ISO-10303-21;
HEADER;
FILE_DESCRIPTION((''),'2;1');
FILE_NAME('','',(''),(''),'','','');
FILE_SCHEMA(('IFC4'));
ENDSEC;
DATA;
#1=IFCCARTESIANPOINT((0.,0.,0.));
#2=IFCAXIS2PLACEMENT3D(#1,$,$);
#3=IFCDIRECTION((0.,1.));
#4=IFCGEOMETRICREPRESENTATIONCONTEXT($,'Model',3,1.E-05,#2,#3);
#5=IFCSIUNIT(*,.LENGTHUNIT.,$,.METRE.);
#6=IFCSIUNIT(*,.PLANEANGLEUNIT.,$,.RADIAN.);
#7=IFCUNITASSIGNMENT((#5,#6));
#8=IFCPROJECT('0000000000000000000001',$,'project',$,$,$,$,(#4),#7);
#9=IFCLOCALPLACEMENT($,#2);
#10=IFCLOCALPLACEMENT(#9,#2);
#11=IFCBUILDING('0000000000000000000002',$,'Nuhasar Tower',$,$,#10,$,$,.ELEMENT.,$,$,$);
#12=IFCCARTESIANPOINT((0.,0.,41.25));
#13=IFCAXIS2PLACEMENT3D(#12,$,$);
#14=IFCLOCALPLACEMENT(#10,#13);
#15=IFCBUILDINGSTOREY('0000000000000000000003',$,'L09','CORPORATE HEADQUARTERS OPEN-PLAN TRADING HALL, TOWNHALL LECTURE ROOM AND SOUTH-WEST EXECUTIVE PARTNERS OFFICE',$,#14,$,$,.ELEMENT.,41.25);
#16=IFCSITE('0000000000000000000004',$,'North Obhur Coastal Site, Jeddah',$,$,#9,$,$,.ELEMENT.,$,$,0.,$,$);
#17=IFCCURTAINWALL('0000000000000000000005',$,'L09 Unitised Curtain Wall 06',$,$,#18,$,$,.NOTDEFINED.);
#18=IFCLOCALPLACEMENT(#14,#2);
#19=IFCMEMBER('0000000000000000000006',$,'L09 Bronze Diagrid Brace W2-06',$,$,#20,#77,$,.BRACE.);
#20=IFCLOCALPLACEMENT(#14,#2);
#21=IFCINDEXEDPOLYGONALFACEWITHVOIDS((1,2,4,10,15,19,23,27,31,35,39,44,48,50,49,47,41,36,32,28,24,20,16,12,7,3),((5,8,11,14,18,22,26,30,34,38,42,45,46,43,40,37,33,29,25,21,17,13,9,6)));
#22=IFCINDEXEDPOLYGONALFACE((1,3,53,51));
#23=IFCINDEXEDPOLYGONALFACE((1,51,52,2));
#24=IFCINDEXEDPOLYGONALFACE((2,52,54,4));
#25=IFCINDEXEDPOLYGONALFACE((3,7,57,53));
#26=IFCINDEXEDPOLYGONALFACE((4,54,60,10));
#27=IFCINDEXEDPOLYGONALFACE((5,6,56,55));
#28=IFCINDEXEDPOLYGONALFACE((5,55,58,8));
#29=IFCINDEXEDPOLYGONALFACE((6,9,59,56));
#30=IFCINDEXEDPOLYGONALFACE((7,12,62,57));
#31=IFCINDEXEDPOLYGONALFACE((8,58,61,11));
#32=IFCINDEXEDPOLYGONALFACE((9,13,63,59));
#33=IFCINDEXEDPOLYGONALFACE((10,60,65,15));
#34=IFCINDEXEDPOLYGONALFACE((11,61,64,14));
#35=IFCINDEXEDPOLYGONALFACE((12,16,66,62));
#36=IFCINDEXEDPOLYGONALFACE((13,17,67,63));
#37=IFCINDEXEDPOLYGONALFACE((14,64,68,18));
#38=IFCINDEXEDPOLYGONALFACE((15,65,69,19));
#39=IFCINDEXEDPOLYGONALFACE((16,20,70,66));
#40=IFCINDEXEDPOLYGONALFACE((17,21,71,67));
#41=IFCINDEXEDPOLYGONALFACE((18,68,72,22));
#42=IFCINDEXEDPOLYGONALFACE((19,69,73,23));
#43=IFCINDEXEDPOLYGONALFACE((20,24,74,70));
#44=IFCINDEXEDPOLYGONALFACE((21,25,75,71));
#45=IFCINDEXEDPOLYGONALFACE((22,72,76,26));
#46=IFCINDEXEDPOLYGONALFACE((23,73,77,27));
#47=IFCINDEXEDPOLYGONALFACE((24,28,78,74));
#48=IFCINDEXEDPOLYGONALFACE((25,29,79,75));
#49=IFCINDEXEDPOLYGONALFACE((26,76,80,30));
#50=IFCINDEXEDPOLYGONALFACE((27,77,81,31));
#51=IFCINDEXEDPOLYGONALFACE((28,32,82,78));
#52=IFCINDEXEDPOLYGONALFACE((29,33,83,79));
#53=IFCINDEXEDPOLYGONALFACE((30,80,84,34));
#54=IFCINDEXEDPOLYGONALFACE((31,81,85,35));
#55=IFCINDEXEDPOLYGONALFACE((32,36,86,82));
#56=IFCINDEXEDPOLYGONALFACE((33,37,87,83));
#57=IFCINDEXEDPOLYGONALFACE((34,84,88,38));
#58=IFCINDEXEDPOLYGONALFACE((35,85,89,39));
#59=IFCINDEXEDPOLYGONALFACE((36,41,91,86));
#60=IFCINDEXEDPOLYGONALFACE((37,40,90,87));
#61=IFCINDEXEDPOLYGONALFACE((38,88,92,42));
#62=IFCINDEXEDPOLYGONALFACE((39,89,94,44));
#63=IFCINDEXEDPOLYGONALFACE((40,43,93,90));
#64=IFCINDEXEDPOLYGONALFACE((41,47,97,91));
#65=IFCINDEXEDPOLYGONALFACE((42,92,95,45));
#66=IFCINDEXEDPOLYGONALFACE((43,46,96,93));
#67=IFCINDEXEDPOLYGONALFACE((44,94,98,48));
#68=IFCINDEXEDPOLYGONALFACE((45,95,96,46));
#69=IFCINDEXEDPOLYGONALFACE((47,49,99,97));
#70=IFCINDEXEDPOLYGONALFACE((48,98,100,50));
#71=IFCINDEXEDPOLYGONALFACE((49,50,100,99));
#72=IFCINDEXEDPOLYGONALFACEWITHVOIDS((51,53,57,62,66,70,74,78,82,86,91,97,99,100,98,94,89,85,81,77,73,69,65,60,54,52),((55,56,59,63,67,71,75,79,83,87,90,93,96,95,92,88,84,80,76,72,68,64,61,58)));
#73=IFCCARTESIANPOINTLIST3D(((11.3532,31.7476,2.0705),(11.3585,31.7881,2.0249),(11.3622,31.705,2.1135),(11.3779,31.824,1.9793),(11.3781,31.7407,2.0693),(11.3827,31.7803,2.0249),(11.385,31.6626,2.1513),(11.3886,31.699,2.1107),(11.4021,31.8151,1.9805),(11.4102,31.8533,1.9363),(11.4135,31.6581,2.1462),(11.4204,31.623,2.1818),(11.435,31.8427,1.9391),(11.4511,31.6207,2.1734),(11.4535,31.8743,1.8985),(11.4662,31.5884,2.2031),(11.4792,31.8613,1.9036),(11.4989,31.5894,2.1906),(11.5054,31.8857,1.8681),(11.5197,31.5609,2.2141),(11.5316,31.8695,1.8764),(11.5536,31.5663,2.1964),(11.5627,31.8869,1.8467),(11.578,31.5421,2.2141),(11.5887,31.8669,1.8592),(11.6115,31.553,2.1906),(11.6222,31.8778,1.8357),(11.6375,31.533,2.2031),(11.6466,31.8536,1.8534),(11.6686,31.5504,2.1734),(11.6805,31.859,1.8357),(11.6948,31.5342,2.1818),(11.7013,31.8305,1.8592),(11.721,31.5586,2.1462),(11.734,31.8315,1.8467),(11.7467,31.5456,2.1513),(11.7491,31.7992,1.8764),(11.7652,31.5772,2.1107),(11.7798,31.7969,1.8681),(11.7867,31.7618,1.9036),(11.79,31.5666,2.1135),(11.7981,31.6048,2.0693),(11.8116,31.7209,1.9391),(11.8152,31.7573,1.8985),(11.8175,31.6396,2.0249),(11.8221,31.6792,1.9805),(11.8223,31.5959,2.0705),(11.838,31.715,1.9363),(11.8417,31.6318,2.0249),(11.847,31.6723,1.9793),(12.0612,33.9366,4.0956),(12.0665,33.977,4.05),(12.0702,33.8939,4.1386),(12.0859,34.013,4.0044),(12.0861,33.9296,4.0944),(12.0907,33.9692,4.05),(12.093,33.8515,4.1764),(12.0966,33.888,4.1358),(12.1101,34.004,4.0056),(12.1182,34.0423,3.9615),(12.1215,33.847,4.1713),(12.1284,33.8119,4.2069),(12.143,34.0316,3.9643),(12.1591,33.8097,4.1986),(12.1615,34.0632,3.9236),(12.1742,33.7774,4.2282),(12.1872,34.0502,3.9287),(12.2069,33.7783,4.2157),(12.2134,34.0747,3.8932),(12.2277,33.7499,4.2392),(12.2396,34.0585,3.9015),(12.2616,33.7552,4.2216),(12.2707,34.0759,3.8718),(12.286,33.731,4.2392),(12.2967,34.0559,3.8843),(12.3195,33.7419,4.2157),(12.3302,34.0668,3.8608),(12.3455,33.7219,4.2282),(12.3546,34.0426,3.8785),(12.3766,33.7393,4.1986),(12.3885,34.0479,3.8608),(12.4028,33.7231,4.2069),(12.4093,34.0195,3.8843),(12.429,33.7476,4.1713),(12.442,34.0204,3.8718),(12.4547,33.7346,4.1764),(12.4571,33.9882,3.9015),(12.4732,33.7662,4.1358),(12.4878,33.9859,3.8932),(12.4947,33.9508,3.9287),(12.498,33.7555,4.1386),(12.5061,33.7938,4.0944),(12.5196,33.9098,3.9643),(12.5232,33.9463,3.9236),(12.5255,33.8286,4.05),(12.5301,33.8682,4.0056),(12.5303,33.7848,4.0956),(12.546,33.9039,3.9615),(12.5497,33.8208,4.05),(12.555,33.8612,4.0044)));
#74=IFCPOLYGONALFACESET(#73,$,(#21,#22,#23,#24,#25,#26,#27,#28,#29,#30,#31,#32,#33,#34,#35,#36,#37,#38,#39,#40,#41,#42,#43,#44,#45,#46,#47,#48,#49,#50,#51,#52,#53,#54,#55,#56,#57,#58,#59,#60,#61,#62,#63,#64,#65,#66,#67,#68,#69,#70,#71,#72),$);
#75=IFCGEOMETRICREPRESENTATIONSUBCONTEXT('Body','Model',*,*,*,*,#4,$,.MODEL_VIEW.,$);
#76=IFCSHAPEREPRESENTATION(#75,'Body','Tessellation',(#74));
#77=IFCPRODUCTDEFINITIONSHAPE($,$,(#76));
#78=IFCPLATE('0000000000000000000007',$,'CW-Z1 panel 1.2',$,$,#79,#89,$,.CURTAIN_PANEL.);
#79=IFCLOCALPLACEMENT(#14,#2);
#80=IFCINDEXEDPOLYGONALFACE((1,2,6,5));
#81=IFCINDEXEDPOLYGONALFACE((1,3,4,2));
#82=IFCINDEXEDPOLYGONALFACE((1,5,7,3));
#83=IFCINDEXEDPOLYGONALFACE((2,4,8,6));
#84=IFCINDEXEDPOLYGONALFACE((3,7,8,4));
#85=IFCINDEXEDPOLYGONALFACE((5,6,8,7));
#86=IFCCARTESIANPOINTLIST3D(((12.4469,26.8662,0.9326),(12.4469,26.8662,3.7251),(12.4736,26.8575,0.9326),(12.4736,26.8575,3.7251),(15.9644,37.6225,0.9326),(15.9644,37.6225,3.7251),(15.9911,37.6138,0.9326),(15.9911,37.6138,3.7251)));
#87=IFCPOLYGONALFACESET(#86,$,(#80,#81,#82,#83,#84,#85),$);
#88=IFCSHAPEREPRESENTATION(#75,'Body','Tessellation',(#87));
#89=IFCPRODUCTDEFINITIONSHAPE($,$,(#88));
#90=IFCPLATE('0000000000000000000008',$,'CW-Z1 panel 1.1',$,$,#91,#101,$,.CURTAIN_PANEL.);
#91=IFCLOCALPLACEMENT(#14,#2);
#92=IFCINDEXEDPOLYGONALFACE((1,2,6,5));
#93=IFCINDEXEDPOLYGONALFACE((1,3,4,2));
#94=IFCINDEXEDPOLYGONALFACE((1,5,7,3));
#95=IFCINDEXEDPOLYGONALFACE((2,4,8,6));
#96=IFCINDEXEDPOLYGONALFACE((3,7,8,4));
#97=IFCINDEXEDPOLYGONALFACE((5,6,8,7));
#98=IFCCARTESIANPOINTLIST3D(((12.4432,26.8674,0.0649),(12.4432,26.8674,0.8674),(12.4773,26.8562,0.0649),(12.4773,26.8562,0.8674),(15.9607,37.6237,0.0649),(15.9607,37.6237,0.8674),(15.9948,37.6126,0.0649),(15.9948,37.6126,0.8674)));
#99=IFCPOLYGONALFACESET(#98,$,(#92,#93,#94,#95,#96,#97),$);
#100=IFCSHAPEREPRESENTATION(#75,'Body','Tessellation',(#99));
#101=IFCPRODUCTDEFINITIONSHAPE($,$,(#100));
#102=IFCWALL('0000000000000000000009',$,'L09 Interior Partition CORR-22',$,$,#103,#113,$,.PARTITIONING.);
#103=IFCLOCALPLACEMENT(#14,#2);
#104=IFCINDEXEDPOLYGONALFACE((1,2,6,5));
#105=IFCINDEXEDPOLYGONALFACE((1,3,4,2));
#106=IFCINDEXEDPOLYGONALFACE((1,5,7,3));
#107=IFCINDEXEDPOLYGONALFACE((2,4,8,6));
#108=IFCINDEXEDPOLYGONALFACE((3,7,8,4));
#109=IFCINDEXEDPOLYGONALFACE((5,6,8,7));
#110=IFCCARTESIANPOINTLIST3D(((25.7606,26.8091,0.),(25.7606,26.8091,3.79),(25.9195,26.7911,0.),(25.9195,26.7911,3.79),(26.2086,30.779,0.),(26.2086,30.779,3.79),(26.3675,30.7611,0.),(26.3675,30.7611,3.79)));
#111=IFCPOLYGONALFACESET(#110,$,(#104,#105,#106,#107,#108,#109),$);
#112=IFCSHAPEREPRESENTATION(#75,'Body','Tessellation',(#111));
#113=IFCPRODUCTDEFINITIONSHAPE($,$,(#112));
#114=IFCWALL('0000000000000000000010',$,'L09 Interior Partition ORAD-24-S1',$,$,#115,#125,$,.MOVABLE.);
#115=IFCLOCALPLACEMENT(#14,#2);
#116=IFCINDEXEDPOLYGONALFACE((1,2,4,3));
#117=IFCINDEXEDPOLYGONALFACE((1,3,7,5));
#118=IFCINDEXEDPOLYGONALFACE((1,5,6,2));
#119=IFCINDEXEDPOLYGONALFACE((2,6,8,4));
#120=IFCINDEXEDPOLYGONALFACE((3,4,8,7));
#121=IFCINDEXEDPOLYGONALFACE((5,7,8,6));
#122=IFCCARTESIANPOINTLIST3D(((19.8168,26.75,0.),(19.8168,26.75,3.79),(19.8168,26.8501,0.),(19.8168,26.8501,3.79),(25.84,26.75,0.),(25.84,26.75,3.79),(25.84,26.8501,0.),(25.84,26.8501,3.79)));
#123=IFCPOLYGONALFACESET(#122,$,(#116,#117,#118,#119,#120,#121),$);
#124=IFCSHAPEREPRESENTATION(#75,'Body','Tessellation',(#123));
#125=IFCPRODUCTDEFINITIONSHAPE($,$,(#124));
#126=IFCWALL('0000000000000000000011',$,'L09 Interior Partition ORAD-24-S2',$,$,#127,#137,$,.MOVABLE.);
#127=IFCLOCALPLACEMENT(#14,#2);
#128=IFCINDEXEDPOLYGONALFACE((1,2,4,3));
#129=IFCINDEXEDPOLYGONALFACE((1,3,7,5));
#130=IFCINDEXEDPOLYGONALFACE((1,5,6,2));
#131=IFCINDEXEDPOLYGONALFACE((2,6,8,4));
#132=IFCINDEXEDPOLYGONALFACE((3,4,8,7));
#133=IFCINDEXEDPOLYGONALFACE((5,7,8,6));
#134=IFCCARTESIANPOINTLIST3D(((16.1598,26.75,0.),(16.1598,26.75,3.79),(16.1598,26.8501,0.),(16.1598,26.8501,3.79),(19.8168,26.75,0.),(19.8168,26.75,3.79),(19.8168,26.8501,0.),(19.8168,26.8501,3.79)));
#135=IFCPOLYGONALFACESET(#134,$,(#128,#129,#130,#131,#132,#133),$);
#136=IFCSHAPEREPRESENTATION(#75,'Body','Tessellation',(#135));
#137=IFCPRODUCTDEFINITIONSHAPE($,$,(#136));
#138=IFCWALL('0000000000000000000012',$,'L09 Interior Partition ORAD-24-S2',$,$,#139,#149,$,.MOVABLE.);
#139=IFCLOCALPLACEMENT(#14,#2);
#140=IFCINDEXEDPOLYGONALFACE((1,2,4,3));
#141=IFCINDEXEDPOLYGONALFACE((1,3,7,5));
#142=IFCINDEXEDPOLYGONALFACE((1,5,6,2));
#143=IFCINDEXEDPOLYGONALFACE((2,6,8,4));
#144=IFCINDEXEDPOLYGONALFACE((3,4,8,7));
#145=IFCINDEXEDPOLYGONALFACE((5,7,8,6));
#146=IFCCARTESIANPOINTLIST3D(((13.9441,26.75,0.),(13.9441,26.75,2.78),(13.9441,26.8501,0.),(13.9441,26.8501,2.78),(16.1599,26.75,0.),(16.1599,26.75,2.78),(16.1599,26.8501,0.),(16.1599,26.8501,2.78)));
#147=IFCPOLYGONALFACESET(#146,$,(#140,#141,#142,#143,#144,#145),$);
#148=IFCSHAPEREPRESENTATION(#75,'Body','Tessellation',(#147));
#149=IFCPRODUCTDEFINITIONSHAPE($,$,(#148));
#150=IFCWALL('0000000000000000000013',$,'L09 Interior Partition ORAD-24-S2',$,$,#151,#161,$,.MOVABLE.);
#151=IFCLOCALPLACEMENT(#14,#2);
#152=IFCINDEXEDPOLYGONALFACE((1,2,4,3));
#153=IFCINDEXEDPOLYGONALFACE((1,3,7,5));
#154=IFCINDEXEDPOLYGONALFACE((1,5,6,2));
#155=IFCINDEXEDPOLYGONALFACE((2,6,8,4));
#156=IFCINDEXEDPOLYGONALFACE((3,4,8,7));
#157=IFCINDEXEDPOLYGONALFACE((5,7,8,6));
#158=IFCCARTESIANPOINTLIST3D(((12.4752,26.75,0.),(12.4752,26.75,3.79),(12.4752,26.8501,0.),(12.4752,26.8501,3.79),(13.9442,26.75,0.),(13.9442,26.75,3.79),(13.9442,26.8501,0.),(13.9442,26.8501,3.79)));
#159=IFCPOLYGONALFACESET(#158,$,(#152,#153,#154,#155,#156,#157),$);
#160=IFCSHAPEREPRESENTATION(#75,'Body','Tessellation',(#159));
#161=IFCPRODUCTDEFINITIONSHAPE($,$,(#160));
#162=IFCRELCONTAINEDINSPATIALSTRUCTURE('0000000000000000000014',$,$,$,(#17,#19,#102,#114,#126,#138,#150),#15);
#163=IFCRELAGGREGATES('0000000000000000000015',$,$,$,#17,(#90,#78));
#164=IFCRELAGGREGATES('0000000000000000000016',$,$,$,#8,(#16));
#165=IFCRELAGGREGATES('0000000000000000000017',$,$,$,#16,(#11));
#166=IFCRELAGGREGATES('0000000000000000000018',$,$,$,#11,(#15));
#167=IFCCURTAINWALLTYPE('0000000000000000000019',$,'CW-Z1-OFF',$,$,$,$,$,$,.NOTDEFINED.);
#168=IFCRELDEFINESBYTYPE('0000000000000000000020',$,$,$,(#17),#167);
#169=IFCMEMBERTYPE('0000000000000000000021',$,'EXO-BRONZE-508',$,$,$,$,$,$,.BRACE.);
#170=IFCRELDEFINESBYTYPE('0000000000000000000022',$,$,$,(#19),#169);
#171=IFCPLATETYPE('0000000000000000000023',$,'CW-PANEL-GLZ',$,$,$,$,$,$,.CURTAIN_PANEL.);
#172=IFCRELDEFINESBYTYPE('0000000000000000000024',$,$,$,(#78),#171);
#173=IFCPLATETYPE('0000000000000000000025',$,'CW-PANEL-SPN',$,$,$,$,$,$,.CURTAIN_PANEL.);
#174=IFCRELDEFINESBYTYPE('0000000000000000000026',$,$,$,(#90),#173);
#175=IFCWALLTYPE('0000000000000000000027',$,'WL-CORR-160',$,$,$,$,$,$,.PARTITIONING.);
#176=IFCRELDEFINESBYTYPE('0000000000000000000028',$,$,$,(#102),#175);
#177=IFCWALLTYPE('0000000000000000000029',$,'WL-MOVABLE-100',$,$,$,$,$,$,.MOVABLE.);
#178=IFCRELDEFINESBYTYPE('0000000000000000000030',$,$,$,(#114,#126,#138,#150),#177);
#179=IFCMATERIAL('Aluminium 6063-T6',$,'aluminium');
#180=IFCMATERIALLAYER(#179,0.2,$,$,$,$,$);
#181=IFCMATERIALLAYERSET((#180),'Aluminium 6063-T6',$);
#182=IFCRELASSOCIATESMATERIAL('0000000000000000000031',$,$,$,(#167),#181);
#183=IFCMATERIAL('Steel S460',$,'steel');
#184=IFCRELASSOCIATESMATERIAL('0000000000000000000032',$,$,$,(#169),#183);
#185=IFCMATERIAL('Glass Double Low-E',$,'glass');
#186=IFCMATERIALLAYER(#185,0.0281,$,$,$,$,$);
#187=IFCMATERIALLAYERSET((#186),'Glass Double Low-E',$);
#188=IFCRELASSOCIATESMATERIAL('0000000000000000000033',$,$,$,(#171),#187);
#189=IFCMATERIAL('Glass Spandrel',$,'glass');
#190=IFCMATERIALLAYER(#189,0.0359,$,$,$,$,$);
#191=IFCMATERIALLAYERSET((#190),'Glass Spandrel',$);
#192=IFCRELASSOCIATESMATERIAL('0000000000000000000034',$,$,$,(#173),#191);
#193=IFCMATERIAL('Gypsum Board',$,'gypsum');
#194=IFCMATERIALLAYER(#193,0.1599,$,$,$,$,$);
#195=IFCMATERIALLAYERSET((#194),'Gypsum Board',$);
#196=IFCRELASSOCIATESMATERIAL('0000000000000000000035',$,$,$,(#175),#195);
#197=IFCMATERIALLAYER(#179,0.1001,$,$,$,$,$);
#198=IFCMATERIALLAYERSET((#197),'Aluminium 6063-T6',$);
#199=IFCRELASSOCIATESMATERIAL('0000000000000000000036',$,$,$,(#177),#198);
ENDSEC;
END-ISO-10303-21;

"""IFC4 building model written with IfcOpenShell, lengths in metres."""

from ifc_helpers import new_model, si_unit, direction, frame, frame_2d, origin, origin_2d, place, context, subcontext, project, spatial, rectangle, hollow_circle, extrude, material, layer, layer_set, material_profile, profile_set, type_object, element, aggregate, save


model = new_model("IFC4")

# Units and contexts
model_context = context("Model", 3, precision=1e-05, world=origin(), true_north=direction((0.0, 1.0)))
body_context = subcontext(model_context, "Body", "Model", "MODEL_VIEW")
ifc_project = project(units=[si_unit("LENGTHUNIT", "METRE"), si_unit("PLANEANGLEUNIT", "RADIAN")], contexts=[model_context])

# Site, building, storey
site_placement = place(None, origin())
site = spatial("IfcSite", under=ifc_project, at=site_placement, Name="North Obhur Coastal Site, Jeddah", CompositionType="ELEMENT", RefElevation=0.0)
building_placement = place(site_placement, origin())
building = spatial("IfcBuilding", under=site, at=building_placement, Name="Nuhasar Tower", CompositionType="ELEMENT")
storey_placement = place(building_placement, frame((0.0, 0.0, 41.25)))
storey = spatial("IfcBuildingStorey", under=building, at=storey_placement, Name="L09", Description="CORPORATE HEADQUARTERS OPEN-PLAN TRADING HALL, TOWNHALL LECTURE ROOM AND SOUTH-WEST EXECUTIVE PARTNERS OFFICE", CompositionType="ELEMENT", Elevation=41.25)

# Curtain wall
ifc_material_1 = material(Name="Aluminium 6063-T6", Category="aluminium")
ifc_layer_1 = layer(ifc_material_1, 0.2)
ifc_layer_set_1 = layer_set([ifc_layer_1], Name="Aluminium 6063-T6")
curtain_wall_type = type_object("IfcCurtainWallType", Name="CW-Z1-OFF", PredefinedType="NOTDEFINED", material=ifc_layer_set_1)
curtain_wall_1_placement = place(storey_placement, origin())
curtain_wall_1 = element("IfcCurtainWall", 1, at=curtain_wall_1_placement, inside=storey, type_object=curtain_wall_type, Name="L09 Unitised Curtain Wall 06", PredefinedType="NOTDEFINED")

# Member
ifc_material_2 = material(Name="Steel S460", Category="steel")
ifc_material_profile_1 = material_profile(ifc_material_2, hollow_circle(Radius=0.2539, WallThickness=0.0254, at=origin_2d()), Name="HSS508X25.4")
ifc_profile_set_1 = profile_set([ifc_material_profile_1], Name="Steel S460")
member_type_1 = type_object("IfcMemberType", Name="EXO-BRONZE-508", PredefinedType="BRACE", material=ifc_profile_set_1)
member_1_placement = place(storey_placement, frame((11.6001, 31.71, 2.0249), z_axis=(0.231, 0.714187, 0.660739), x_axis=(-0.951468, 0.307747, 0.0)))
element("IfcMember", 2, at=member_1_placement, inside=storey, type_object=member_type_1, Name="L09 Bronze Diagrid Brace W2-06", PredefinedType="BRACE", context=body_context, shape_type="SweptSolid", body=[
    extrude(hollow_circle(Radius=0.2539, WallThickness=0.0254, at=origin_2d()), origin(), (0.0, 0.0, 1.0), 3.0649),
])

# Plates
ifc_material_3 = material(Name="Glass Double Low-E", Category="glass")
ifc_layer_2 = layer(ifc_material_3, 0.0281)
ifc_layer_set_2 = layer_set([ifc_layer_2], Name="Glass Double Low-E")
plate_type_1 = type_object("IfcPlateType", Name="CW-PANEL-GLZ", PredefinedType="CURTAIN_PANEL", material=ifc_layer_set_2)
plate_1_placement = place(storey_placement, frame((14.219, 32.24, 0.9326), z_axis=(0.0, 0.0, 1.0), x_axis=(-0.310824, -0.950468, 0.0)))
plate_1 = element("IfcPlate", 3, at=plate_1_placement, type_object=plate_type_1, Name="CW-Z1 panel 1.2", PredefinedType="CURTAIN_PANEL", context=body_context, shape_type="SweptSolid", body=[
    extrude(rectangle(XDim=11.3169, YDim=0.0281, at=origin_2d()), origin(), (0.0, 0.0, 1.0), 2.7925),
])
ifc_material_4 = material(Name="Glass Spandrel", Category="glass")
ifc_layer_3 = layer(ifc_material_4, 0.0359)
ifc_layer_set_3 = layer_set([ifc_layer_3], Name="Glass Spandrel")
plate_type_2 = type_object("IfcPlateType", Name="CW-PANEL-SPN", PredefinedType="CURTAIN_PANEL", material=ifc_layer_set_3)
plate_2_placement = place(storey_placement, frame((14.219, 32.24, 0.0649), z_axis=(0.0, 0.0, 1.0), x_axis=(-0.310824, -0.950468, 0.0)))
plate_2 = element("IfcPlate", 4, at=plate_2_placement, type_object=plate_type_2, Name="CW-Z1 panel 1.1", PredefinedType="CURTAIN_PANEL", context=body_context, shape_type="SweptSolid", body=[
    extrude(rectangle(XDim=11.3169, YDim=0.0359, at=origin_2d()), origin(), (0.0, 0.0, 1.0), 0.8025),
])
aggregate(curtain_wall_1, [plate_2, plate_1])

# Walls
ifc_material_5 = material(Name="Gypsum Board", Category="gypsum")
ifc_layer_4 = layer(ifc_material_5, 0.1599)
ifc_layer_set_4 = layer_set([ifc_layer_4], Name="Gypsum Board")
wall_type_1 = type_object("IfcWallType", Name="WL-CORR-160", PredefinedType="PARTITIONING", material=ifc_layer_set_4)
wall_1_placement = place(storey_placement, frame((26.2881, 30.77, 0.0), z_axis=(0.0, 0.0, 1.0), x_axis=(-0.112135, -0.993693, 0.0)))
element("IfcWall", 5, at=wall_1_placement, inside=storey, type_object=wall_type_1, Name="L09 Interior Partition CORR-22", PredefinedType="PARTITIONING", context=body_context, shape_type="SweptSolid", body=[
    extrude(rectangle(XDim=3.9951, YDim=0.1599, at=frame_2d((1.9976, 0.0))), origin(), (0.0, 0.0, 1.0), 3.79),
])
ifc_layer_5 = layer(ifc_material_1, 0.1001)
ifc_layer_set_5 = layer_set([ifc_layer_5], Name="Aluminium 6063-T6")
wall_type_2 = type_object("IfcWallType", Name="WL-MOVABLE-100", PredefinedType="MOVABLE", material=ifc_layer_set_5)
wall_2_placement = place(storey_placement, frame((25.8401, 26.8, 0.0), z_axis=(0.0, 0.0, 1.0), x_axis=(-1.0, 0.0, 0.0)))
element("IfcWall", 6, at=wall_2_placement, inside=storey, type_object=wall_type_2, Name="L09 Interior Partition ORAD-24-S1", PredefinedType="MOVABLE", context=body_context, shape_type="SweptSolid", body=[
    extrude(rectangle(XDim=6.0232, YDim=0.1001, at=frame_2d((3.0117, 0.0))), origin(), (0.0, 0.0, 1.0), 3.79),
])
wall_3_placement = place(storey_placement, frame((19.8169, 26.8, 0.0), z_axis=(0.0, 0.0, 1.0), x_axis=(-1.0, 0.0, 0.0)))
element("IfcWall", 7, at=wall_3_placement, inside=storey, type_object=wall_type_2, Name="L09 Interior Partition ORAD-24-S2", PredefinedType="MOVABLE", context=body_context, shape_type="SweptSolid", body=[
    extrude(rectangle(XDim=3.657, YDim=0.1001, at=frame_2d((1.8286, 0.0))), origin(), (0.0, 0.0, 1.0), 3.79),
])
wall_4_placement = place(storey_placement, frame((16.1599, 26.8, 0.0), z_axis=(0.0, 0.0, 1.0), x_axis=(-1.0, 0.0, 0.0)))
element("IfcWall", 8, at=wall_4_placement, inside=storey, type_object=wall_type_2, Name="L09 Interior Partition ORAD-24-S2", PredefinedType="MOVABLE", context=body_context, shape_type="SweptSolid", body=[
    extrude(rectangle(XDim=2.2158, YDim=0.1001, at=frame_2d((1.1079, 0.0))), origin(), (0.0, 0.0, 1.0), 2.78),
])
wall_5_placement = place(storey_placement, frame((13.9441, 26.8, 0.0), z_axis=(0.0, 0.0, 1.0), x_axis=(-1.0, 0.0, 0.0)))
element("IfcWall", 9, at=wall_5_placement, inside=storey, type_object=wall_type_2, Name="L09 Interior Partition ORAD-24-S2", PredefinedType="MOVABLE", context=body_context, shape_type="SweptSolid", body=[
    extrude(rectangle(XDim=1.469, YDim=0.1001, at=frame_2d((0.7344, 0.0))), origin(), (0.0, 0.0, 1.0), 3.79),
])

save(model, "model.ifc")
